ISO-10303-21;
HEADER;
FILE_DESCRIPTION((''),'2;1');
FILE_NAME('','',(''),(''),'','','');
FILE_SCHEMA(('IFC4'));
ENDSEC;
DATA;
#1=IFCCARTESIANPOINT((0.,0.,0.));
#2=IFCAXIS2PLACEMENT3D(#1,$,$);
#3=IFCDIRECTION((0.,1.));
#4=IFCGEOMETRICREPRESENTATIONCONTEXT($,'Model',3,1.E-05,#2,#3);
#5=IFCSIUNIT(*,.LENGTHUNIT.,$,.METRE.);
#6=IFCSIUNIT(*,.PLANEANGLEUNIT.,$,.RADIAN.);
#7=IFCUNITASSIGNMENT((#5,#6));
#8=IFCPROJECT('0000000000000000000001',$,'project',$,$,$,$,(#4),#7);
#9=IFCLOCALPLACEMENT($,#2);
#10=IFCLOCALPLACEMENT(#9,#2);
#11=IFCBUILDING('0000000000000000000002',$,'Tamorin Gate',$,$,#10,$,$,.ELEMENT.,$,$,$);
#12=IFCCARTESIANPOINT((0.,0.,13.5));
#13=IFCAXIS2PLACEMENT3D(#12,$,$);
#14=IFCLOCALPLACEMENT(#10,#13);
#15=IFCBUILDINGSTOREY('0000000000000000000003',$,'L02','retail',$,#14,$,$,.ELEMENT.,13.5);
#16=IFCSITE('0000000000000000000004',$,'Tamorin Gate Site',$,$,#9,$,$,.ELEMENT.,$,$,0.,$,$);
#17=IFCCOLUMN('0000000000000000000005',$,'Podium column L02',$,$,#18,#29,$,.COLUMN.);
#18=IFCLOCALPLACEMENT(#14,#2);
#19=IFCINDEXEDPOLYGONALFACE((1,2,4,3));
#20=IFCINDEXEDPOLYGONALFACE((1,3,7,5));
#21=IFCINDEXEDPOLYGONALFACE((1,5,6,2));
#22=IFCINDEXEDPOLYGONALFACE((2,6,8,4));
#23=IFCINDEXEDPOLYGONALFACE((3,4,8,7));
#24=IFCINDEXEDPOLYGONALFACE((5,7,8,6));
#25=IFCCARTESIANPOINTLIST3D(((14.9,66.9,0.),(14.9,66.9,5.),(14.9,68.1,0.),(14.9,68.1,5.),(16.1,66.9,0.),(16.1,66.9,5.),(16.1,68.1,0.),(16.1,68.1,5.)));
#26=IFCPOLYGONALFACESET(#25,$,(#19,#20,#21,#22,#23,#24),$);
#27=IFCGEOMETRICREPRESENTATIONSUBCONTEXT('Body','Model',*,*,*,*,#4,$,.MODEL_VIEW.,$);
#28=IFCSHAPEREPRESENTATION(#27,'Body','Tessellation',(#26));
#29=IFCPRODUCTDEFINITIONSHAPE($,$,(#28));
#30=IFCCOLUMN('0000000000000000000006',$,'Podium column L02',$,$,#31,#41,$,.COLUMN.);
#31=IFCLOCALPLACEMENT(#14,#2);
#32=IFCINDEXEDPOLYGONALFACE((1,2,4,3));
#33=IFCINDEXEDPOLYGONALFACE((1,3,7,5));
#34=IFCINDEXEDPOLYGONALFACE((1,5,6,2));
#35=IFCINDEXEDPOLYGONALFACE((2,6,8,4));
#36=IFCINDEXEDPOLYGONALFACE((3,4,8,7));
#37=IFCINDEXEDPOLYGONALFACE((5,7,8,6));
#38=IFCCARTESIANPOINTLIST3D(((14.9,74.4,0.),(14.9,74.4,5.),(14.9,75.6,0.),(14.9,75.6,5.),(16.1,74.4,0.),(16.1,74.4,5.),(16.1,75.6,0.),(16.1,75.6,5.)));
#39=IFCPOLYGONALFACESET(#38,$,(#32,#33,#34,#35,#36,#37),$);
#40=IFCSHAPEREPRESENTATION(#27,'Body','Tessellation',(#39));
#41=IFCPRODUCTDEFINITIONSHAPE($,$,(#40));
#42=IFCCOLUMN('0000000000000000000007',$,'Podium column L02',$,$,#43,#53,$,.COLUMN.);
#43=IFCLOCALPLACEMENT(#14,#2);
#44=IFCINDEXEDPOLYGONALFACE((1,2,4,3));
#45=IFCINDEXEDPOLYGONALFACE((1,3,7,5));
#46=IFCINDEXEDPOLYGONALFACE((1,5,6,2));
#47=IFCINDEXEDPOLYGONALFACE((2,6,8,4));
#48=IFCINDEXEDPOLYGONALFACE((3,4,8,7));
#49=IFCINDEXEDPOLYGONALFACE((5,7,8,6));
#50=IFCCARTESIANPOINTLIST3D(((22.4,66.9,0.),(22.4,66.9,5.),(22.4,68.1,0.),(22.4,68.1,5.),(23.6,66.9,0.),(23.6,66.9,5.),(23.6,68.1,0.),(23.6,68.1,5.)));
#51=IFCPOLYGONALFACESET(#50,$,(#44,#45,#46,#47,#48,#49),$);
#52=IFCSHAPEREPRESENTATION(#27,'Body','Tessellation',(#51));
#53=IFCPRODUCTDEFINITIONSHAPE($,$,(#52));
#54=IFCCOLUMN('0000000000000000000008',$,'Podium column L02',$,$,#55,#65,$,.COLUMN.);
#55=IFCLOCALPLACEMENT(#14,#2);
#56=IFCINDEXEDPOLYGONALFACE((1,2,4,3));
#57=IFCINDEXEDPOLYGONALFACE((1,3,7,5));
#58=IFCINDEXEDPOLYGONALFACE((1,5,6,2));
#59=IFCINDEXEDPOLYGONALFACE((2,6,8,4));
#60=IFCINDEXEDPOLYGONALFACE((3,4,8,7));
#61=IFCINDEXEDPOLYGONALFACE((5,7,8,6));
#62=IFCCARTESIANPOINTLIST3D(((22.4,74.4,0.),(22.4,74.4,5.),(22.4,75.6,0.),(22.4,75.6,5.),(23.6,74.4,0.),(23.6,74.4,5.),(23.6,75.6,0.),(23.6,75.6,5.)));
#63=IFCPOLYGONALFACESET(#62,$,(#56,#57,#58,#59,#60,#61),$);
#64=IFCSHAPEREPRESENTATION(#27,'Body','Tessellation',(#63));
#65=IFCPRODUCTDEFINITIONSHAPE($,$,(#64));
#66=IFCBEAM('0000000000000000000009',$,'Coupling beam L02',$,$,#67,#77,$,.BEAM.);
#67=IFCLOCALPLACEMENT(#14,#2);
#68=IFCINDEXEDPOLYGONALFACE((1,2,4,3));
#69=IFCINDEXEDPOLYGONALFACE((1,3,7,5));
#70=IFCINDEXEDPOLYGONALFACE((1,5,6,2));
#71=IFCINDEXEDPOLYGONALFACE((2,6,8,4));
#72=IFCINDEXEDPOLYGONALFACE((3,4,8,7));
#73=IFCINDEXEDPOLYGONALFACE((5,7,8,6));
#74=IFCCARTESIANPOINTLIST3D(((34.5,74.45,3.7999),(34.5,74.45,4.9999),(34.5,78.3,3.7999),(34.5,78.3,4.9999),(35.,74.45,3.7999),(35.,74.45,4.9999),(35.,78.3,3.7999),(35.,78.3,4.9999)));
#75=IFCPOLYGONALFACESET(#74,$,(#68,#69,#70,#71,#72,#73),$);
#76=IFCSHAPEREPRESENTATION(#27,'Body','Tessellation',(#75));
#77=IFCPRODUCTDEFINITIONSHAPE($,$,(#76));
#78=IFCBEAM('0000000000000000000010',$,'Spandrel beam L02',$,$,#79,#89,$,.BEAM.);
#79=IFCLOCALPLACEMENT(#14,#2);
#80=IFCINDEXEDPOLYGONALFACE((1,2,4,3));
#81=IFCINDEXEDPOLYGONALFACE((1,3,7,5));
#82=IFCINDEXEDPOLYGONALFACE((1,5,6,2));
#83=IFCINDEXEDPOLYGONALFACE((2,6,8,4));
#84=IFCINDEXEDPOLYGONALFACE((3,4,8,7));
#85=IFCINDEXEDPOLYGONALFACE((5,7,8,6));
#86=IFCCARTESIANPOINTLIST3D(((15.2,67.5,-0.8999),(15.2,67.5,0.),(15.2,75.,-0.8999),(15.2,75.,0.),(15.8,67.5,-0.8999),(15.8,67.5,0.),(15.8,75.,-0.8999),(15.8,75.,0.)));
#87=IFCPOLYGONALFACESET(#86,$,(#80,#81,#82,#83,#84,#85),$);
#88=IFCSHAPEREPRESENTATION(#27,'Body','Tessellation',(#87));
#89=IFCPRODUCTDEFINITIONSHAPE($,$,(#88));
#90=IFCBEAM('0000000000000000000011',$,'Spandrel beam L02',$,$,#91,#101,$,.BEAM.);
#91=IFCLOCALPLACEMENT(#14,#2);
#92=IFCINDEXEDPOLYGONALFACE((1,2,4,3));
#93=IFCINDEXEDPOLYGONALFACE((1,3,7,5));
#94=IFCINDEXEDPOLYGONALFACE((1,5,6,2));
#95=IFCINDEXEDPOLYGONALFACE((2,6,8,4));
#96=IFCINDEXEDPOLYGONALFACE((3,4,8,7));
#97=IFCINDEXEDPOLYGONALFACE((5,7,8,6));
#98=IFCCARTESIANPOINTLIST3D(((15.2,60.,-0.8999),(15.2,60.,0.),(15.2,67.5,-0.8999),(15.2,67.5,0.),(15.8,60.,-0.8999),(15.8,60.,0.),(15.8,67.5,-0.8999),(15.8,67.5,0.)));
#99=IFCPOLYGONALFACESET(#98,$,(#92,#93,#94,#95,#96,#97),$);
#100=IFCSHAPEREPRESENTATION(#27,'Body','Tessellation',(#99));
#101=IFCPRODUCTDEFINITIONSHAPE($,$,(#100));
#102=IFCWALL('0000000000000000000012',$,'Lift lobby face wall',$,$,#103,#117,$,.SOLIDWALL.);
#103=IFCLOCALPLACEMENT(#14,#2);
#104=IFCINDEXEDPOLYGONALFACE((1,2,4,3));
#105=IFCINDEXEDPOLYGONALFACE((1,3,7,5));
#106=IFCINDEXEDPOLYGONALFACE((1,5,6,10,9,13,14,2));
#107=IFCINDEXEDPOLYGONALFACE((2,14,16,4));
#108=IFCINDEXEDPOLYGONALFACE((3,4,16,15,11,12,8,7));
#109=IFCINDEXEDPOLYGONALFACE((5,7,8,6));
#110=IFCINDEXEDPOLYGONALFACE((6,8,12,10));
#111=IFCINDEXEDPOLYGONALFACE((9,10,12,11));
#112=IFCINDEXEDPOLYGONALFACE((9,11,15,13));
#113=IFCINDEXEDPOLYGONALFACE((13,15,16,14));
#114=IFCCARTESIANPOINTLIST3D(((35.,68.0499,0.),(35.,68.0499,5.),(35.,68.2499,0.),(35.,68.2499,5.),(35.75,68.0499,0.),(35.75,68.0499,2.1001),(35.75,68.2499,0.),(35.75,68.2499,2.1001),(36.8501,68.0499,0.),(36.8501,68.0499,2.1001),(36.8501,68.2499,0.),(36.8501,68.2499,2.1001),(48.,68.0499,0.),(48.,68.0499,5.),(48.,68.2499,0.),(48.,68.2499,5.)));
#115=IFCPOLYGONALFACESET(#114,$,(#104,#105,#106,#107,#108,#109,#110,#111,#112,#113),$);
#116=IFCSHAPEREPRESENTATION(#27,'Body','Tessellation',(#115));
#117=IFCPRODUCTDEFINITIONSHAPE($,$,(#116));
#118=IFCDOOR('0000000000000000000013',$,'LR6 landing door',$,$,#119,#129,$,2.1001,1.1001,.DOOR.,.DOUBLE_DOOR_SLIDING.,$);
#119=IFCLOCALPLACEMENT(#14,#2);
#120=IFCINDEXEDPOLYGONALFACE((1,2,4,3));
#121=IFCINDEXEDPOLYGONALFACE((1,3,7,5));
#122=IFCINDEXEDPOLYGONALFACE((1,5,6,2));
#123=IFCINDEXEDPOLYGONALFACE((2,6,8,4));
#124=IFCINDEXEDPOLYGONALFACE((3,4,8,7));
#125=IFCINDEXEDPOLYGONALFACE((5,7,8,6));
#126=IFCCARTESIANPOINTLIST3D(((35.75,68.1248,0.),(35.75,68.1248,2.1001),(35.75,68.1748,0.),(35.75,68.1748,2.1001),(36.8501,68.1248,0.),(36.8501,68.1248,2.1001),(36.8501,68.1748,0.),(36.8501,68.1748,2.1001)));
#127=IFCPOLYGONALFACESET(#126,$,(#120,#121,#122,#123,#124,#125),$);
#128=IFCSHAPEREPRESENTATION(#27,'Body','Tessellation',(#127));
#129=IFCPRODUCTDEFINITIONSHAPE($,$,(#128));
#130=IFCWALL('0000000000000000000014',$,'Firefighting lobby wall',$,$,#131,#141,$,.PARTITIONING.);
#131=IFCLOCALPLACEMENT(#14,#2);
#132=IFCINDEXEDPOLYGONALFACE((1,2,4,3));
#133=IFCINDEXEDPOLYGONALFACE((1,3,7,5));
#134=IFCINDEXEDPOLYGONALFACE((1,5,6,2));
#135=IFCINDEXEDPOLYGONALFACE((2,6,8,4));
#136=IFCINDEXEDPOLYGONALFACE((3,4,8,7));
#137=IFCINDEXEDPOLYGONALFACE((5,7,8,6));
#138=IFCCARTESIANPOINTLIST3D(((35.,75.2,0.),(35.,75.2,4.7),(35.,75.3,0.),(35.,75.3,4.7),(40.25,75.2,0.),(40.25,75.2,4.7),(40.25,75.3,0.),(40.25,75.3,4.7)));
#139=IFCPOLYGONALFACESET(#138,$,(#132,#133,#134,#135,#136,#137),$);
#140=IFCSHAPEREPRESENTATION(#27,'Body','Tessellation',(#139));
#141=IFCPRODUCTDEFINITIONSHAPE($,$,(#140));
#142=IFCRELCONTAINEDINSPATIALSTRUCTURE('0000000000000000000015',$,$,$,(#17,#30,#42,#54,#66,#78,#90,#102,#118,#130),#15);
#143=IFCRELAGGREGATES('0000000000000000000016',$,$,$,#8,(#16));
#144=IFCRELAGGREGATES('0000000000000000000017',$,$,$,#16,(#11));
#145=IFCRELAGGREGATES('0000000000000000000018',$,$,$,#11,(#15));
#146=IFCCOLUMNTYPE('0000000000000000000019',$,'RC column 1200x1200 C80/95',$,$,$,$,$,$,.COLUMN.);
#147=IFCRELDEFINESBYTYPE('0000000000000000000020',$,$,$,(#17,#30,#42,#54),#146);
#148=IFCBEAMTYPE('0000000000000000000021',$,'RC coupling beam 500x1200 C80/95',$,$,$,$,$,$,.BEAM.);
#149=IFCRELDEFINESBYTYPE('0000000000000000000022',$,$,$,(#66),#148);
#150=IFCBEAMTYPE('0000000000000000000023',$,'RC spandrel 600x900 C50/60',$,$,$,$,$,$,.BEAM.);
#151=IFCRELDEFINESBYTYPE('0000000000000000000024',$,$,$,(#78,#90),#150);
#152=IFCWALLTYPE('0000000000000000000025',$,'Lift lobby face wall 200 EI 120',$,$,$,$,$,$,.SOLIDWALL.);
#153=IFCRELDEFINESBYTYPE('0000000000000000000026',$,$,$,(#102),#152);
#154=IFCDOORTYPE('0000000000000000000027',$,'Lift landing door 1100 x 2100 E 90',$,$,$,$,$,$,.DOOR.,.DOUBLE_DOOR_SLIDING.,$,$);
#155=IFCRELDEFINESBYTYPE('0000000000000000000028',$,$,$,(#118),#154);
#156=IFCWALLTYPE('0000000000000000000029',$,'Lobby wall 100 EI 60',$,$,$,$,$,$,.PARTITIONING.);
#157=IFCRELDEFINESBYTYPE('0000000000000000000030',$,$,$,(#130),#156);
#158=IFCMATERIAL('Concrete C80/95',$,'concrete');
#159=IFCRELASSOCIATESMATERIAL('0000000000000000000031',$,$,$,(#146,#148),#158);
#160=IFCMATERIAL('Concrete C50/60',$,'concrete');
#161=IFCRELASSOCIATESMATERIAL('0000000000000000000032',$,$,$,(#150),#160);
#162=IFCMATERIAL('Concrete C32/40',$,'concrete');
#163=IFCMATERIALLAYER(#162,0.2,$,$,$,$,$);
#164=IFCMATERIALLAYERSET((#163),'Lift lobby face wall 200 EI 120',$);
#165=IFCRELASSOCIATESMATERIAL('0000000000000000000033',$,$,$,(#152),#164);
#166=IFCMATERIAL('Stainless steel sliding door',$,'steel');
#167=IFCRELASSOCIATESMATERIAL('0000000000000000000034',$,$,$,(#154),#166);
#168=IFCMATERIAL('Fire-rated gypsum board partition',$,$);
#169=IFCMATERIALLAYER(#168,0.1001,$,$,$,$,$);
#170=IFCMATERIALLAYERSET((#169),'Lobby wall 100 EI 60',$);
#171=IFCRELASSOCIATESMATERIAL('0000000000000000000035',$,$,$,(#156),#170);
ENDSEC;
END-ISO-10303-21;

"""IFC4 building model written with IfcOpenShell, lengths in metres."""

from ifc_helpers import new_model, si_unit, direction, frame, frame_2d, origin, origin_2d, place, context, subcontext, project, spatial, rectangle, extrude, material, layer, layer_set, material_profile, profile_set, type_object, element, fill, save


model = new_model("IFC4")

# Units and contexts
model_context = context("Model", 3, precision=1e-05, world=origin(), true_north=direction((0.0, 1.0)))
body_context = subcontext(model_context, "Body", "Model", "MODEL_VIEW")
ifc_project = project(units=[si_unit("LENGTHUNIT", "METRE"), si_unit("PLANEANGLEUNIT", "RADIAN")], contexts=[model_context])

# Site, building, storey
site_placement = place(None, origin())
site = spatial("IfcSite", under=ifc_project, at=site_placement, Name="Tamorin Gate Site", CompositionType="ELEMENT", RefElevation=0.0)
building_placement = place(site_placement, origin())
building = spatial("IfcBuilding", under=site, at=building_placement, Name="Tamorin Gate", CompositionType="ELEMENT")
storey_placement = place(building_placement, frame((0.0, 0.0, 13.5)))
storey = spatial("IfcBuildingStorey", under=building, at=storey_placement, Name="L02", Description="retail", CompositionType="ELEMENT", Elevation=13.5)

# Columns
ifc_material_1 = material(Name="Concrete C80/95", Category="concrete")
ifc_material_profile_1 = material_profile(ifc_material_1, rectangle(XDim=1.2, YDim=1.2, at=origin_2d()), Name="RC 1200x1200")
ifc_profile_set_1 = profile_set([ifc_material_profile_1], Name="Concrete C80/95")
column_type = type_object("IfcColumnType", Name="RC column 1200x1200 C80/95", PredefinedType="COLUMN", material=ifc_profile_set_1)
for number, where, z_axis, x_axis, name in (
    (1, (15.5, 67.5, 0.0), (0.0, 0.0, 1.0), (1.0, 0.0, 0.0), "Podium column L02"),
    (2, (15.5, 75.0, 0.0), (0.0, 0.0, 1.0), (1.0, 0.0, 0.0), "Podium column L02"),
    (3, (23.0, 67.5, 0.0), (0.0, 0.0, 1.0), (1.0, 0.0, 0.0), "Podium column L02"),
    (4, (23.0, 75.0, 0.0), (0.0, 0.0, 1.0), (1.0, 0.0, 0.0), "Podium column L02"),
):
    element("IfcColumn", number, at=place(storey_placement, frame(where, z_axis=z_axis, x_axis=x_axis)), inside=storey, type_object=column_type, Name=name, PredefinedType="COLUMN", context=body_context, shape_type="SweptSolid", body=[
        extrude(rectangle(XDim=1.2, YDim=1.2, at=origin_2d()), origin(), (0.0, 0.0, 1.0), 5.0),
    ])

# Beams
ifc_material_profile_2 = material_profile(ifc_material_1, rectangle(XDim=0.5, YDim=1.2, at=origin_2d()), Name="RC 500x1200")
ifc_profile_set_2 = profile_set([ifc_material_profile_2], Name="Concrete C80/95")
beam_type_1 = type_object("IfcBeamType", Name="RC coupling beam 500x1200 C80/95", PredefinedType="BEAM", material=ifc_profile_set_2)
beam_placement = place(storey_placement, frame((34.75, 74.45, 4.3999), z_axis=(0.0, 1.0, 0.0), x_axis=(-1.0, 0.0, 0.0)))
element("IfcBeam", 5, at=beam_placement, inside=storey, type_object=beam_type_1, Name="Coupling beam L02", PredefinedType="BEAM", context=body_context, shape_type="SweptSolid", body=[
    extrude(rectangle(XDim=0.5, YDim=1.2, at=origin_2d()), origin(), (0.0, 0.0, 1.0), 3.8501),
])
ifc_material_2 = material(Name="Concrete C50/60", Category="concrete")
ifc_material_profile_3 = material_profile(ifc_material_2, rectangle(XDim=0.6001, YDim=0.8999, at=origin_2d()), Name="RC 600x900")
ifc_profile_set_3 = profile_set([ifc_material_profile_3], Name="Concrete C50/60")
beam_type_2 = type_object("IfcBeamType", Name="RC spandrel 600x900 C50/60", PredefinedType="BEAM", material=ifc_profile_set_3)
for number, where, z_axis, x_axis, name in (
    (6, (15.5, 75.0, -0.45), (0.0, -1.0, 0.0), (1.0, 0.0, 0.0), "Spandrel beam L02"),
    (7, (15.5, 67.5, -0.45), (0.0, -1.0, 0.0), (1.0, 0.0, 0.0), "Spandrel beam L02"),
):
    element("IfcBeam", number, at=place(storey_placement, frame(where, z_axis=z_axis, x_axis=x_axis)), inside=storey, type_object=beam_type_2, Name=name, PredefinedType="BEAM", context=body_context, shape_type="SweptSolid", body=[
        extrude(rectangle(XDim=0.6001, YDim=0.8999, at=origin_2d()), origin(), (0.0, 0.0, 1.0), 7.5),
    ])

# Wall, opening, door
ifc_material_3 = material(Name="Concrete C32/40", Category="concrete")
ifc_layer_1 = layer(ifc_material_3, 0.2)
ifc_layer_set_1 = layer_set([ifc_layer_1], Name="Lift lobby face wall 200 EI 120")
wall_type_1 = type_object("IfcWallType", Name="Lift lobby face wall 200 EI 120", PredefinedType="SOLIDWALL", material=ifc_layer_set_1)
wall_1_placement = place(storey_placement, frame((35.0, 68.1499, 0.0), z_axis=(0.0, 0.0, 1.0), x_axis=(1.0, 0.0, 0.0)))
wall_1 = element("IfcWall", 8, at=wall_1_placement, inside=storey, type_object=wall_type_1, Name="Lift lobby face wall", PredefinedType="SOLIDWALL", context=body_context, shape_type="SweptSolid", body=[
    extrude(rectangle(XDim=13.0, YDim=0.2, at=frame_2d((6.5, 0.0))), origin(), (0.0, 0.0, 1.0), 5.0),
])
opening_1_placement = place(wall_1_placement, frame((0.75, 0.0, 0.0)))
opening_1 = element("IfcOpeningElement", 9, at=opening_1_placement, cuts=wall_1, PredefinedType="OPENING", context=body_context, shape_type="SweptSolid", body=[
    extrude(rectangle(XDim=1.1001, YDim=2.1001, at=frame_2d((0.55, 1.05))), frame((0.0, 0.1099, 0.0), z_axis=(0.0, -1.0, 0.0), x_axis=(1.0, 0.0, 0.0)), (0.0, 0.0, 1.0), 0.22),
])
ifc_material_4 = material(Name="Stainless steel sliding door", Category="steel")
door_type_1 = type_object("IfcDoorType", Name="Lift landing door 1100 x 2100 E 90", OperationType="DOUBLE_DOOR_SLIDING", PredefinedType="DOOR", material=ifc_material_4)
door_1_placement = place(opening_1_placement, origin())
door_1 = element("IfcDoor", 10, at=door_1_placement, inside=storey, type_object=door_type_1, Name="LR6 landing door", OperationType="DOUBLE_DOOR_SLIDING", OverallHeight=2.1001, OverallWidth=1.1001, PredefinedType="DOOR", context=body_context, shape_type="SweptSolid", body=[
    extrude(rectangle(XDim=1.1001, YDim=2.1001, at=frame_2d((0.55, 1.05))), frame((0.0, 0.0249, 0.0), z_axis=(0.0, -1.0, 0.0), x_axis=(1.0, 0.0, 0.0)), (0.0, 0.0, 1.0), 0.05),
])
fill(opening_1, door_1)

# Wall
ifc_material_5 = material(Name="Fire-rated gypsum board partition")
ifc_layer_2 = layer(ifc_material_5, 0.1001)
ifc_layer_set_2 = layer_set([ifc_layer_2], Name="Lobby wall 100 EI 60")
wall_type_2 = type_object("IfcWallType", Name="Lobby wall 100 EI 60", PredefinedType="PARTITIONING", material=ifc_layer_set_2)
wall_2_placement = place(storey_placement, frame((35.0, 75.25, 0.0), z_axis=(0.0, 0.0, 1.0), x_axis=(1.0, 0.0, 0.0)))
element("IfcWall", 11, at=wall_2_placement, inside=storey, type_object=wall_type_2, Name="Firefighting lobby wall", PredefinedType="PARTITIONING", context=body_context, shape_type="SweptSolid", body=[
    extrude(rectangle(XDim=5.25, YDim=0.1001, at=frame_2d((2.625, 0.0))), origin(), (0.0, 0.0, 1.0), 4.7),
])

save(model, "model.ifc")
